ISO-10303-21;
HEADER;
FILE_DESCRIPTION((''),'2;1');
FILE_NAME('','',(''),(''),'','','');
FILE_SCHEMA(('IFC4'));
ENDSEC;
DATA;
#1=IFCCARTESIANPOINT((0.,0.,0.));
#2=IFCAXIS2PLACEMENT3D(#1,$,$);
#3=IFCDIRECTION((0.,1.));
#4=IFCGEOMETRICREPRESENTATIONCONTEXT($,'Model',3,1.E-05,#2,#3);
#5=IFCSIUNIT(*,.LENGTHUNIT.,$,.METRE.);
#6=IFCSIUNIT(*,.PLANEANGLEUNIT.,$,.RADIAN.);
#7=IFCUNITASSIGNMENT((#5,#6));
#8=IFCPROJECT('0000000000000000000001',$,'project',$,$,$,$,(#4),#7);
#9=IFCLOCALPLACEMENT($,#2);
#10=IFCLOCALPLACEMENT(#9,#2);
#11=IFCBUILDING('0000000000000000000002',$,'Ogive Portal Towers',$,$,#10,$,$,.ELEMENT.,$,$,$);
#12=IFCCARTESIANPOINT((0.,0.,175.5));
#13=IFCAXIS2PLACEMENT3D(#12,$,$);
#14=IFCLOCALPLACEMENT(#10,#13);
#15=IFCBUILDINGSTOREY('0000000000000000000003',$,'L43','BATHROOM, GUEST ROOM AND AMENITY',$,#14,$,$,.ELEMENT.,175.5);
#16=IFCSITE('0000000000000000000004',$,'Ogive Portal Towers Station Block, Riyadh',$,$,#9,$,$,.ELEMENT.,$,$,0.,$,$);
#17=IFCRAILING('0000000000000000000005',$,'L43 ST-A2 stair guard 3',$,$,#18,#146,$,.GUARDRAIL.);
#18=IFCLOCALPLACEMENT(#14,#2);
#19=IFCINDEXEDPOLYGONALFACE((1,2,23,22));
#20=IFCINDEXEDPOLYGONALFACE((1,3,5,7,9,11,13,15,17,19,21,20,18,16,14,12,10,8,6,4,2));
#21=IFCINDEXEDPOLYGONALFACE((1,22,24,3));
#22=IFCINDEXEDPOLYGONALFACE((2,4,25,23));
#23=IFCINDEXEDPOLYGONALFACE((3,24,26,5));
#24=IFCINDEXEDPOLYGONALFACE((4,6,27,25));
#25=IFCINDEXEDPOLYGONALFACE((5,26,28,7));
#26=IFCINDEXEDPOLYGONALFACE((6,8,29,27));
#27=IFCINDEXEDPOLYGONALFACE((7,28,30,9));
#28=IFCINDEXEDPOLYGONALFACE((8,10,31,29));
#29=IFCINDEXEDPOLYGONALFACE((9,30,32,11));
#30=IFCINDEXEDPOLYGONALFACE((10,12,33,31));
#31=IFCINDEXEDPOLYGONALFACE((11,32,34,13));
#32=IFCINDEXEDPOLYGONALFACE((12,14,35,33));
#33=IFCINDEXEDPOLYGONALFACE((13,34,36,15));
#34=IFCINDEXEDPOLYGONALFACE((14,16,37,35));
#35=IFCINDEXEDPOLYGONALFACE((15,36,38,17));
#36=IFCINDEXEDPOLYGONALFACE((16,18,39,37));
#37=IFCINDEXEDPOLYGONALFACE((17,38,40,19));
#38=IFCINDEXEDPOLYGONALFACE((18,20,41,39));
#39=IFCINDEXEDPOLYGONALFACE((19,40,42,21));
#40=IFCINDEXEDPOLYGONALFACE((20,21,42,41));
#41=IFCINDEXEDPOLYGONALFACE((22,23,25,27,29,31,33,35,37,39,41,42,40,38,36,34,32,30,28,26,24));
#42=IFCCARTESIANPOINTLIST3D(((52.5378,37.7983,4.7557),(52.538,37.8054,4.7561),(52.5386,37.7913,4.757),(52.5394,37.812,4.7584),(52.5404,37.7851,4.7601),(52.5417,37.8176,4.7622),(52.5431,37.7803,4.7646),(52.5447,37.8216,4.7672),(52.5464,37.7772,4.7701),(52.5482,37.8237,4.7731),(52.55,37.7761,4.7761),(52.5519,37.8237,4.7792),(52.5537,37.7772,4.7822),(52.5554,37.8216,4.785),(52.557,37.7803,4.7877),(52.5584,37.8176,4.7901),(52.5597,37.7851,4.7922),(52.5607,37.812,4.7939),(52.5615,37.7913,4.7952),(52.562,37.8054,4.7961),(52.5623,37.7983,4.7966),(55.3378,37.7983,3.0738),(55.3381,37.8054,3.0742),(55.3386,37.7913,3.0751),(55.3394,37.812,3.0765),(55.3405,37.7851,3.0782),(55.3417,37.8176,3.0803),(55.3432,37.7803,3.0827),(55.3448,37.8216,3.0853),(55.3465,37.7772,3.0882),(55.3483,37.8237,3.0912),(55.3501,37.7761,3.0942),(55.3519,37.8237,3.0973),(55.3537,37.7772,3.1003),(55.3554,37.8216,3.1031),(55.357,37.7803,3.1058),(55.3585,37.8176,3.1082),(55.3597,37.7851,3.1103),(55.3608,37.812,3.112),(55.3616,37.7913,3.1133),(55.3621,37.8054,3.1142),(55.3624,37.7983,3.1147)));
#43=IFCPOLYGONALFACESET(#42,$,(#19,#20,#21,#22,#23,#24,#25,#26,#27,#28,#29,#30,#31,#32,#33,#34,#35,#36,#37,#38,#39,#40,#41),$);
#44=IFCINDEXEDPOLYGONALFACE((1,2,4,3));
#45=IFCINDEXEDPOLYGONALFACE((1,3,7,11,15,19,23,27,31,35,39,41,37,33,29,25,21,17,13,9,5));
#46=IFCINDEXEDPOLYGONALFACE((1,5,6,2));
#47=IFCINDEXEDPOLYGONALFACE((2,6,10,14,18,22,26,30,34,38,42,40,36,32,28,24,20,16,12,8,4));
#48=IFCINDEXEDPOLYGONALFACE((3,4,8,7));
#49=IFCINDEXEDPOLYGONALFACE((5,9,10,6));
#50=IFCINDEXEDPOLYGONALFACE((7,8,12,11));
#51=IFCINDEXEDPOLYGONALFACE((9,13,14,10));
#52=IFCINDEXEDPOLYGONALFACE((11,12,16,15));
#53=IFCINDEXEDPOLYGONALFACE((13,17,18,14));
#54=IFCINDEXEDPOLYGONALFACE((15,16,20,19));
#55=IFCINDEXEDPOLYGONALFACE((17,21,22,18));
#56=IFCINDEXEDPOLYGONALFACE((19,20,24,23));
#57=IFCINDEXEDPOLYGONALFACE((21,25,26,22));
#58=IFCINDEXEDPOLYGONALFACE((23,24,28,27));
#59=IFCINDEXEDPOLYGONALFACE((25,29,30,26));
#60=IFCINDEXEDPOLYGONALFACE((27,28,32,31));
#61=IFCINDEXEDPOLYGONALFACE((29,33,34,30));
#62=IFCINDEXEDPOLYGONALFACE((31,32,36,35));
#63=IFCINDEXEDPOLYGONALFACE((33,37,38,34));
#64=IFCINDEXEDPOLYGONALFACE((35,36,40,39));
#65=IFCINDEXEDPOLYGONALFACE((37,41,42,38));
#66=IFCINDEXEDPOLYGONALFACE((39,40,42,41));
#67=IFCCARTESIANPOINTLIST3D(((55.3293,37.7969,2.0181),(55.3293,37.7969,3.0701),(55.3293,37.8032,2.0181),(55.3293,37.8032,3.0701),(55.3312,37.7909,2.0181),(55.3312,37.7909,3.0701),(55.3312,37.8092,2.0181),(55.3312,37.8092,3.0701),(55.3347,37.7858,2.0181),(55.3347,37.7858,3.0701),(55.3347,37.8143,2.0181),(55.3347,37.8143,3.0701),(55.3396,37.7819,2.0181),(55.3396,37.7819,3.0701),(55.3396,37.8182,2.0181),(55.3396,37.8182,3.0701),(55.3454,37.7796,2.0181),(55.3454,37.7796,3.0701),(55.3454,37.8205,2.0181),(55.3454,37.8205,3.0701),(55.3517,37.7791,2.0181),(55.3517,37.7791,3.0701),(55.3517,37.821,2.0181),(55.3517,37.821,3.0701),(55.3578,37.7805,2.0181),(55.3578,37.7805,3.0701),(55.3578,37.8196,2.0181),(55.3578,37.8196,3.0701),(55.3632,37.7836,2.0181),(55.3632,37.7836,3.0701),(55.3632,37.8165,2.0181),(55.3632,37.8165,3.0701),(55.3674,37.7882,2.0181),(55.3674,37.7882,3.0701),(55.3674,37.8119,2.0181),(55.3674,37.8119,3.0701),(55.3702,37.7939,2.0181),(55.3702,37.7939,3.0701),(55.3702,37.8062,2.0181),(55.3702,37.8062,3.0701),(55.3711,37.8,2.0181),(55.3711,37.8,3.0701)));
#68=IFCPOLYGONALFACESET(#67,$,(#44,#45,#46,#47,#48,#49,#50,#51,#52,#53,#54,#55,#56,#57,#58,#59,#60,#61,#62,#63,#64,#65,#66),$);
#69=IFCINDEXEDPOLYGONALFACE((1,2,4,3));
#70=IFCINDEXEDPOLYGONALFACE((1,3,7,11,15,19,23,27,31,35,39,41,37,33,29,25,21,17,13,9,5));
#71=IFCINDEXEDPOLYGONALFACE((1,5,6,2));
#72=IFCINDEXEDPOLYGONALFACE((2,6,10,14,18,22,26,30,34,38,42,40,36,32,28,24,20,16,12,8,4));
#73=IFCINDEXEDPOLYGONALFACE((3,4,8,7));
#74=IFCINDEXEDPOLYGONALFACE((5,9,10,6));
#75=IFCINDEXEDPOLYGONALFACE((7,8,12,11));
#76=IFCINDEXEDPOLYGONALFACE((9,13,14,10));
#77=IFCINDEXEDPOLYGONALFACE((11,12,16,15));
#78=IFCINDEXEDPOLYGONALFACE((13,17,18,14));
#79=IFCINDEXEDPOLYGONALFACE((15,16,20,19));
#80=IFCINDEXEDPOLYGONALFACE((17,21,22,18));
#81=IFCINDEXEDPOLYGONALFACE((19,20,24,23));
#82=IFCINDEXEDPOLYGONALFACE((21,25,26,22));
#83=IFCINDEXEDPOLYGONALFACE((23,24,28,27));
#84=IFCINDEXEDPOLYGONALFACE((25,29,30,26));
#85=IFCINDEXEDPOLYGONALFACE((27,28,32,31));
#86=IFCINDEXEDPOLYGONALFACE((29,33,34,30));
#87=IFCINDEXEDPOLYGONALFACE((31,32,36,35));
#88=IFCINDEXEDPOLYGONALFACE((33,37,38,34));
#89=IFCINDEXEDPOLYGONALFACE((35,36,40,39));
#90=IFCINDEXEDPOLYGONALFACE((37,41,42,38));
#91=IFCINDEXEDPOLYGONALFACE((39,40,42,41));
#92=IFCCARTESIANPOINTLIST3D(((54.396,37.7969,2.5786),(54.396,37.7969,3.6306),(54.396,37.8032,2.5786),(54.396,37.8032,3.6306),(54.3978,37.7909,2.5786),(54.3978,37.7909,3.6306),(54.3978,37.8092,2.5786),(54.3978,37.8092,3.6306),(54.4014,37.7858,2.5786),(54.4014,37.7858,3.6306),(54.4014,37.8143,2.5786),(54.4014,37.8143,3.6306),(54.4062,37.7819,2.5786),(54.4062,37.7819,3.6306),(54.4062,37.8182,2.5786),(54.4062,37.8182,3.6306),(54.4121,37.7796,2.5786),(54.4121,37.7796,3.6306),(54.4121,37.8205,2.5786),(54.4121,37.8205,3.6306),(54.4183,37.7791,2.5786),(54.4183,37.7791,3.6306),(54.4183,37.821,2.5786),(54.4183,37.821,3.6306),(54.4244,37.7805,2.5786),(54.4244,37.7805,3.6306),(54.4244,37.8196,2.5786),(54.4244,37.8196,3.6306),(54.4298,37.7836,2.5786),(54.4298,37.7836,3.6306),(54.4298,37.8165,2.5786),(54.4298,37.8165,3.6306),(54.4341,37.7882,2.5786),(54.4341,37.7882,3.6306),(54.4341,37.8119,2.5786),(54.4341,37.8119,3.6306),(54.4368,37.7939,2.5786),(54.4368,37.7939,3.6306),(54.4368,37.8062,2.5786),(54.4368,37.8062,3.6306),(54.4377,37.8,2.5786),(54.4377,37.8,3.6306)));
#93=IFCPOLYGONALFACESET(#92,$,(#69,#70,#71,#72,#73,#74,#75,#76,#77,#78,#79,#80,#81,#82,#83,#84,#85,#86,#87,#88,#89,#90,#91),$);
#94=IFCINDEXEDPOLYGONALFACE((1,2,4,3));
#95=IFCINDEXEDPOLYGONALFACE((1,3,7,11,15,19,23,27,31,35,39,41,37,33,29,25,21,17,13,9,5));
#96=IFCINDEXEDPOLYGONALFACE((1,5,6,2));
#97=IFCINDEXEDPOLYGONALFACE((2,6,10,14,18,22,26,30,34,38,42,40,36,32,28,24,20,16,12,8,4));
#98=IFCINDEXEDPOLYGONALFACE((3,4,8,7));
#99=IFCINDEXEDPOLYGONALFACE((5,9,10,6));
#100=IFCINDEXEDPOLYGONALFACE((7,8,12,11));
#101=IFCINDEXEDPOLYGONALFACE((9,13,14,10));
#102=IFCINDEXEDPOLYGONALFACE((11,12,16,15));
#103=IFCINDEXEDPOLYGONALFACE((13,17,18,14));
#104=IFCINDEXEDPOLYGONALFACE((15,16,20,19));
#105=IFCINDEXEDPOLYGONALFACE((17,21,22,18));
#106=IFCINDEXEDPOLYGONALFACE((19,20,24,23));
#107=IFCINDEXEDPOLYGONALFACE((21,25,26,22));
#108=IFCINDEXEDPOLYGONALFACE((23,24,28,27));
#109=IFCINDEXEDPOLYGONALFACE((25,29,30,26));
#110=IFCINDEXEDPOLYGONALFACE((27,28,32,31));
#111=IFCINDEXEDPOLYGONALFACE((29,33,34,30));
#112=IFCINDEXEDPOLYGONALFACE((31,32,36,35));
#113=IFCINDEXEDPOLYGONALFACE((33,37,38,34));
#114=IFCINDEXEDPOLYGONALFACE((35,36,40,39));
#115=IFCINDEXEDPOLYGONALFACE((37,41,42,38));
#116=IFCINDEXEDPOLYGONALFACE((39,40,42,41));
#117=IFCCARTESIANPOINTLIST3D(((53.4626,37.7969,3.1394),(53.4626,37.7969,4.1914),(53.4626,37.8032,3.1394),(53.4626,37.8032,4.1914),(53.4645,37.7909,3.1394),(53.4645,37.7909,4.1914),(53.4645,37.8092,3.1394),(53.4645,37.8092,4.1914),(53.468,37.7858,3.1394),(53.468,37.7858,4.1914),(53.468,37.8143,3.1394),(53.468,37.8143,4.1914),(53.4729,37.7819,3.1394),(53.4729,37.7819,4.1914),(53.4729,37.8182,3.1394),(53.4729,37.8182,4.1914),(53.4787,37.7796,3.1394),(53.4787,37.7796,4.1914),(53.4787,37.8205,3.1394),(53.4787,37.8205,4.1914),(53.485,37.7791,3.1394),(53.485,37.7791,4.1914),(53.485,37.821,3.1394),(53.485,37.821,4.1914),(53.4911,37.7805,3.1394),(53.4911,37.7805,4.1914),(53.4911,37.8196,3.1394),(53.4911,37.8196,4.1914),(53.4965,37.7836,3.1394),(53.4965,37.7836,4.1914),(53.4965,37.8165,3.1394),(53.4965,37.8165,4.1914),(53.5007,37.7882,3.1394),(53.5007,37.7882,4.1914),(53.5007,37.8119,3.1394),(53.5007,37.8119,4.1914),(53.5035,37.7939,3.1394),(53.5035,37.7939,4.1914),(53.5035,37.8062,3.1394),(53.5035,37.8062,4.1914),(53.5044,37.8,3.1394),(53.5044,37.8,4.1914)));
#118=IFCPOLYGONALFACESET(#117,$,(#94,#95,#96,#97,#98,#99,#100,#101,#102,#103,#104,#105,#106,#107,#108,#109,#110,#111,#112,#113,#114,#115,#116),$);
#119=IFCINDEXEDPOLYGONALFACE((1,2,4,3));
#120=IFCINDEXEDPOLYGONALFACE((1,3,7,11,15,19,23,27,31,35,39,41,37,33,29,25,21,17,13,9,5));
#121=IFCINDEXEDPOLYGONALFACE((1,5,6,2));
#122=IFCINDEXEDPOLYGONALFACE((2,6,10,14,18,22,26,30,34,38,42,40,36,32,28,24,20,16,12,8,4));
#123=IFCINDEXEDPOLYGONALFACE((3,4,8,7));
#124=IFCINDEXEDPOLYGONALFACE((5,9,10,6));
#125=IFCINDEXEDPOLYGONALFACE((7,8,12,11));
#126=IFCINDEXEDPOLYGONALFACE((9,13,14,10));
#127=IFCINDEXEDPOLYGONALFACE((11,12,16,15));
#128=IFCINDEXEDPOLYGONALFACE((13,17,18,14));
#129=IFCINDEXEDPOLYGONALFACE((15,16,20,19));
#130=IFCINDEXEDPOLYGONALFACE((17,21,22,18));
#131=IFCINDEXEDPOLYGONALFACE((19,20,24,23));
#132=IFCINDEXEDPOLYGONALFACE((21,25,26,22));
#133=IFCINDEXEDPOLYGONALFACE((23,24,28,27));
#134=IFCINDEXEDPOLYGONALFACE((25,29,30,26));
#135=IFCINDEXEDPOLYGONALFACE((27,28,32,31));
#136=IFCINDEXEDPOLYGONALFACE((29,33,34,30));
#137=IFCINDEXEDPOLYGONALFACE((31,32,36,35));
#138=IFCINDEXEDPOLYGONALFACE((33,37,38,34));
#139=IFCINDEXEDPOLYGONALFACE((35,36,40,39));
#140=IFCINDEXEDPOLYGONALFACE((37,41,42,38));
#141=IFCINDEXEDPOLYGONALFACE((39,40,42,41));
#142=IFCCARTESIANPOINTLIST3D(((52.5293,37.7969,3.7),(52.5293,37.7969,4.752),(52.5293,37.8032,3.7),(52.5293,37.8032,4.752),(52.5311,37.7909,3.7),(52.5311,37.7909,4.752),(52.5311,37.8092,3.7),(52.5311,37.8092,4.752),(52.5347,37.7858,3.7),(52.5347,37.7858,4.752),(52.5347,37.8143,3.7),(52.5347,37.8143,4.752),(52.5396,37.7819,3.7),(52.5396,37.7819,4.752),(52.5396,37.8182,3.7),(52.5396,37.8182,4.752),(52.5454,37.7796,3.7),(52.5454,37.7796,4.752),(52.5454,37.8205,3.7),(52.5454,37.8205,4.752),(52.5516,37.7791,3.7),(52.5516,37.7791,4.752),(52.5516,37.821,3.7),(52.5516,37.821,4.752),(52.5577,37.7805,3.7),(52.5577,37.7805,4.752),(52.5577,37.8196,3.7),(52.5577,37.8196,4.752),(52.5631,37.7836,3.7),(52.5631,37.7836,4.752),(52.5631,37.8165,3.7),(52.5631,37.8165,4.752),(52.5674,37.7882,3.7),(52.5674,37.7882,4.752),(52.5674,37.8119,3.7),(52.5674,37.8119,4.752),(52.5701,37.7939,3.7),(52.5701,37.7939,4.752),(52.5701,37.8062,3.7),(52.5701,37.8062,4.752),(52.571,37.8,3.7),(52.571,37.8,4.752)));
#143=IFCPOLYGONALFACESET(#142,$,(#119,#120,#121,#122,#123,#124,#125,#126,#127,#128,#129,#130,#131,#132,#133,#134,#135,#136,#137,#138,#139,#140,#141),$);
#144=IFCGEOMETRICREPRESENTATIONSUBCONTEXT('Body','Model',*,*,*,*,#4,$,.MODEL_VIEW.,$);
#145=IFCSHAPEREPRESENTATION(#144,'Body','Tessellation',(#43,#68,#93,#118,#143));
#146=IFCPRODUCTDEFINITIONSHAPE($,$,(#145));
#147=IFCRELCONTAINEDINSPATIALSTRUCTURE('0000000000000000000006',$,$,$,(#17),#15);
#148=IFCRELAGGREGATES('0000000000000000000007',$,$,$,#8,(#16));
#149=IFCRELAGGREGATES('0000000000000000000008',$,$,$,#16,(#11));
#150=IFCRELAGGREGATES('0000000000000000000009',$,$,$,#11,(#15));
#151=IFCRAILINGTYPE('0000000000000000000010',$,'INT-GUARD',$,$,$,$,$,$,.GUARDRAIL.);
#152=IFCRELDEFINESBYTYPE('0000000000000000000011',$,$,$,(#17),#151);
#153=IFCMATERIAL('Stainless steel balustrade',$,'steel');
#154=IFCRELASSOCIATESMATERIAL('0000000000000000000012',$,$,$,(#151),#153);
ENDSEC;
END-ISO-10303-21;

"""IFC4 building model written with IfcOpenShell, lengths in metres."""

from ifc_helpers import new_model, si_unit, direction, frame, origin, origin_2d, place, context, subcontext, project, spatial, circle, extrude, material, type_object, element, save


model = new_model("IFC4")

# Units and contexts
model_context = context("Model", 3, precision=1e-05, world=origin(), true_north=direction((0.0, 1.0)))
body_context = subcontext(model_context, "Body", "Model", "MODEL_VIEW")
ifc_project = project(units=[si_unit("LENGTHUNIT", "METRE"), si_unit("PLANEANGLEUNIT", "RADIAN")], contexts=[model_context])

# Site, building, storey
site_placement = place(None, origin())
site = spatial("IfcSite", under=ifc_project, at=site_placement, Name="Ogive Portal Towers Station Block, Riyadh", CompositionType="ELEMENT", RefElevation=0.0)
building_placement = place(site_placement, origin())
building = spatial("IfcBuilding", under=site, at=building_placement, Name="Ogive Portal Towers", CompositionType="ELEMENT")
storey_placement = place(building_placement, frame((0.0, 0.0, 175.5)))
storey = spatial("IfcBuildingStorey", under=building, at=storey_placement, Name="L43", Description="BATHROOM, GUEST ROOM AND AMENITY", CompositionType="ELEMENT", Elevation=175.5)

# Railing
ifc_material_1 = material(Name="Stainless steel balustrade", Category="steel")
railing_type_1 = type_object("IfcRailingType", Name="INT-GUARD", PredefinedType="GUARDRAIL", material=ifc_material_1)
railing_1_placement = place(storey_placement, frame((55.3501, 37.8, 2.0181)))
element("IfcRailing", 1, at=railing_1_placement, inside=storey, type_object=railing_type_1, Name="L43 ST-A2 stair guard 3", PredefinedType="GUARDRAIL", context=body_context, shape_type="SweptSolid", body=[
    extrude(circle(Radius=0.0239, at=origin_2d()), frame((0.0, 0.0, 1.0762), z_axis=(-0.857242, 0.0, 0.514913), x_axis=(0.0, -1.0, 0.0)), (0.0, 0.0, 1.0), 3.2664),
    extrude(circle(Radius=0.021, at=origin_2d()), origin(), (0.0, 0.0, 1.0), 1.052),
    extrude(circle(Radius=0.021, at=origin_2d()), frame((-0.9333, 0.0, 0.5605)), (0.0, 0.0, 1.0), 1.052),
    extrude(circle(Radius=0.021, at=origin_2d()), frame((-1.8667, 0.0, 1.1213)), (0.0, 0.0, 1.0), 1.052),
    extrude(circle(Radius=0.021, at=origin_2d()), frame((-2.8, 0.0, 1.6819)), (0.0, 0.0, 1.0), 1.052),
])

save(model, "model.ifc")
